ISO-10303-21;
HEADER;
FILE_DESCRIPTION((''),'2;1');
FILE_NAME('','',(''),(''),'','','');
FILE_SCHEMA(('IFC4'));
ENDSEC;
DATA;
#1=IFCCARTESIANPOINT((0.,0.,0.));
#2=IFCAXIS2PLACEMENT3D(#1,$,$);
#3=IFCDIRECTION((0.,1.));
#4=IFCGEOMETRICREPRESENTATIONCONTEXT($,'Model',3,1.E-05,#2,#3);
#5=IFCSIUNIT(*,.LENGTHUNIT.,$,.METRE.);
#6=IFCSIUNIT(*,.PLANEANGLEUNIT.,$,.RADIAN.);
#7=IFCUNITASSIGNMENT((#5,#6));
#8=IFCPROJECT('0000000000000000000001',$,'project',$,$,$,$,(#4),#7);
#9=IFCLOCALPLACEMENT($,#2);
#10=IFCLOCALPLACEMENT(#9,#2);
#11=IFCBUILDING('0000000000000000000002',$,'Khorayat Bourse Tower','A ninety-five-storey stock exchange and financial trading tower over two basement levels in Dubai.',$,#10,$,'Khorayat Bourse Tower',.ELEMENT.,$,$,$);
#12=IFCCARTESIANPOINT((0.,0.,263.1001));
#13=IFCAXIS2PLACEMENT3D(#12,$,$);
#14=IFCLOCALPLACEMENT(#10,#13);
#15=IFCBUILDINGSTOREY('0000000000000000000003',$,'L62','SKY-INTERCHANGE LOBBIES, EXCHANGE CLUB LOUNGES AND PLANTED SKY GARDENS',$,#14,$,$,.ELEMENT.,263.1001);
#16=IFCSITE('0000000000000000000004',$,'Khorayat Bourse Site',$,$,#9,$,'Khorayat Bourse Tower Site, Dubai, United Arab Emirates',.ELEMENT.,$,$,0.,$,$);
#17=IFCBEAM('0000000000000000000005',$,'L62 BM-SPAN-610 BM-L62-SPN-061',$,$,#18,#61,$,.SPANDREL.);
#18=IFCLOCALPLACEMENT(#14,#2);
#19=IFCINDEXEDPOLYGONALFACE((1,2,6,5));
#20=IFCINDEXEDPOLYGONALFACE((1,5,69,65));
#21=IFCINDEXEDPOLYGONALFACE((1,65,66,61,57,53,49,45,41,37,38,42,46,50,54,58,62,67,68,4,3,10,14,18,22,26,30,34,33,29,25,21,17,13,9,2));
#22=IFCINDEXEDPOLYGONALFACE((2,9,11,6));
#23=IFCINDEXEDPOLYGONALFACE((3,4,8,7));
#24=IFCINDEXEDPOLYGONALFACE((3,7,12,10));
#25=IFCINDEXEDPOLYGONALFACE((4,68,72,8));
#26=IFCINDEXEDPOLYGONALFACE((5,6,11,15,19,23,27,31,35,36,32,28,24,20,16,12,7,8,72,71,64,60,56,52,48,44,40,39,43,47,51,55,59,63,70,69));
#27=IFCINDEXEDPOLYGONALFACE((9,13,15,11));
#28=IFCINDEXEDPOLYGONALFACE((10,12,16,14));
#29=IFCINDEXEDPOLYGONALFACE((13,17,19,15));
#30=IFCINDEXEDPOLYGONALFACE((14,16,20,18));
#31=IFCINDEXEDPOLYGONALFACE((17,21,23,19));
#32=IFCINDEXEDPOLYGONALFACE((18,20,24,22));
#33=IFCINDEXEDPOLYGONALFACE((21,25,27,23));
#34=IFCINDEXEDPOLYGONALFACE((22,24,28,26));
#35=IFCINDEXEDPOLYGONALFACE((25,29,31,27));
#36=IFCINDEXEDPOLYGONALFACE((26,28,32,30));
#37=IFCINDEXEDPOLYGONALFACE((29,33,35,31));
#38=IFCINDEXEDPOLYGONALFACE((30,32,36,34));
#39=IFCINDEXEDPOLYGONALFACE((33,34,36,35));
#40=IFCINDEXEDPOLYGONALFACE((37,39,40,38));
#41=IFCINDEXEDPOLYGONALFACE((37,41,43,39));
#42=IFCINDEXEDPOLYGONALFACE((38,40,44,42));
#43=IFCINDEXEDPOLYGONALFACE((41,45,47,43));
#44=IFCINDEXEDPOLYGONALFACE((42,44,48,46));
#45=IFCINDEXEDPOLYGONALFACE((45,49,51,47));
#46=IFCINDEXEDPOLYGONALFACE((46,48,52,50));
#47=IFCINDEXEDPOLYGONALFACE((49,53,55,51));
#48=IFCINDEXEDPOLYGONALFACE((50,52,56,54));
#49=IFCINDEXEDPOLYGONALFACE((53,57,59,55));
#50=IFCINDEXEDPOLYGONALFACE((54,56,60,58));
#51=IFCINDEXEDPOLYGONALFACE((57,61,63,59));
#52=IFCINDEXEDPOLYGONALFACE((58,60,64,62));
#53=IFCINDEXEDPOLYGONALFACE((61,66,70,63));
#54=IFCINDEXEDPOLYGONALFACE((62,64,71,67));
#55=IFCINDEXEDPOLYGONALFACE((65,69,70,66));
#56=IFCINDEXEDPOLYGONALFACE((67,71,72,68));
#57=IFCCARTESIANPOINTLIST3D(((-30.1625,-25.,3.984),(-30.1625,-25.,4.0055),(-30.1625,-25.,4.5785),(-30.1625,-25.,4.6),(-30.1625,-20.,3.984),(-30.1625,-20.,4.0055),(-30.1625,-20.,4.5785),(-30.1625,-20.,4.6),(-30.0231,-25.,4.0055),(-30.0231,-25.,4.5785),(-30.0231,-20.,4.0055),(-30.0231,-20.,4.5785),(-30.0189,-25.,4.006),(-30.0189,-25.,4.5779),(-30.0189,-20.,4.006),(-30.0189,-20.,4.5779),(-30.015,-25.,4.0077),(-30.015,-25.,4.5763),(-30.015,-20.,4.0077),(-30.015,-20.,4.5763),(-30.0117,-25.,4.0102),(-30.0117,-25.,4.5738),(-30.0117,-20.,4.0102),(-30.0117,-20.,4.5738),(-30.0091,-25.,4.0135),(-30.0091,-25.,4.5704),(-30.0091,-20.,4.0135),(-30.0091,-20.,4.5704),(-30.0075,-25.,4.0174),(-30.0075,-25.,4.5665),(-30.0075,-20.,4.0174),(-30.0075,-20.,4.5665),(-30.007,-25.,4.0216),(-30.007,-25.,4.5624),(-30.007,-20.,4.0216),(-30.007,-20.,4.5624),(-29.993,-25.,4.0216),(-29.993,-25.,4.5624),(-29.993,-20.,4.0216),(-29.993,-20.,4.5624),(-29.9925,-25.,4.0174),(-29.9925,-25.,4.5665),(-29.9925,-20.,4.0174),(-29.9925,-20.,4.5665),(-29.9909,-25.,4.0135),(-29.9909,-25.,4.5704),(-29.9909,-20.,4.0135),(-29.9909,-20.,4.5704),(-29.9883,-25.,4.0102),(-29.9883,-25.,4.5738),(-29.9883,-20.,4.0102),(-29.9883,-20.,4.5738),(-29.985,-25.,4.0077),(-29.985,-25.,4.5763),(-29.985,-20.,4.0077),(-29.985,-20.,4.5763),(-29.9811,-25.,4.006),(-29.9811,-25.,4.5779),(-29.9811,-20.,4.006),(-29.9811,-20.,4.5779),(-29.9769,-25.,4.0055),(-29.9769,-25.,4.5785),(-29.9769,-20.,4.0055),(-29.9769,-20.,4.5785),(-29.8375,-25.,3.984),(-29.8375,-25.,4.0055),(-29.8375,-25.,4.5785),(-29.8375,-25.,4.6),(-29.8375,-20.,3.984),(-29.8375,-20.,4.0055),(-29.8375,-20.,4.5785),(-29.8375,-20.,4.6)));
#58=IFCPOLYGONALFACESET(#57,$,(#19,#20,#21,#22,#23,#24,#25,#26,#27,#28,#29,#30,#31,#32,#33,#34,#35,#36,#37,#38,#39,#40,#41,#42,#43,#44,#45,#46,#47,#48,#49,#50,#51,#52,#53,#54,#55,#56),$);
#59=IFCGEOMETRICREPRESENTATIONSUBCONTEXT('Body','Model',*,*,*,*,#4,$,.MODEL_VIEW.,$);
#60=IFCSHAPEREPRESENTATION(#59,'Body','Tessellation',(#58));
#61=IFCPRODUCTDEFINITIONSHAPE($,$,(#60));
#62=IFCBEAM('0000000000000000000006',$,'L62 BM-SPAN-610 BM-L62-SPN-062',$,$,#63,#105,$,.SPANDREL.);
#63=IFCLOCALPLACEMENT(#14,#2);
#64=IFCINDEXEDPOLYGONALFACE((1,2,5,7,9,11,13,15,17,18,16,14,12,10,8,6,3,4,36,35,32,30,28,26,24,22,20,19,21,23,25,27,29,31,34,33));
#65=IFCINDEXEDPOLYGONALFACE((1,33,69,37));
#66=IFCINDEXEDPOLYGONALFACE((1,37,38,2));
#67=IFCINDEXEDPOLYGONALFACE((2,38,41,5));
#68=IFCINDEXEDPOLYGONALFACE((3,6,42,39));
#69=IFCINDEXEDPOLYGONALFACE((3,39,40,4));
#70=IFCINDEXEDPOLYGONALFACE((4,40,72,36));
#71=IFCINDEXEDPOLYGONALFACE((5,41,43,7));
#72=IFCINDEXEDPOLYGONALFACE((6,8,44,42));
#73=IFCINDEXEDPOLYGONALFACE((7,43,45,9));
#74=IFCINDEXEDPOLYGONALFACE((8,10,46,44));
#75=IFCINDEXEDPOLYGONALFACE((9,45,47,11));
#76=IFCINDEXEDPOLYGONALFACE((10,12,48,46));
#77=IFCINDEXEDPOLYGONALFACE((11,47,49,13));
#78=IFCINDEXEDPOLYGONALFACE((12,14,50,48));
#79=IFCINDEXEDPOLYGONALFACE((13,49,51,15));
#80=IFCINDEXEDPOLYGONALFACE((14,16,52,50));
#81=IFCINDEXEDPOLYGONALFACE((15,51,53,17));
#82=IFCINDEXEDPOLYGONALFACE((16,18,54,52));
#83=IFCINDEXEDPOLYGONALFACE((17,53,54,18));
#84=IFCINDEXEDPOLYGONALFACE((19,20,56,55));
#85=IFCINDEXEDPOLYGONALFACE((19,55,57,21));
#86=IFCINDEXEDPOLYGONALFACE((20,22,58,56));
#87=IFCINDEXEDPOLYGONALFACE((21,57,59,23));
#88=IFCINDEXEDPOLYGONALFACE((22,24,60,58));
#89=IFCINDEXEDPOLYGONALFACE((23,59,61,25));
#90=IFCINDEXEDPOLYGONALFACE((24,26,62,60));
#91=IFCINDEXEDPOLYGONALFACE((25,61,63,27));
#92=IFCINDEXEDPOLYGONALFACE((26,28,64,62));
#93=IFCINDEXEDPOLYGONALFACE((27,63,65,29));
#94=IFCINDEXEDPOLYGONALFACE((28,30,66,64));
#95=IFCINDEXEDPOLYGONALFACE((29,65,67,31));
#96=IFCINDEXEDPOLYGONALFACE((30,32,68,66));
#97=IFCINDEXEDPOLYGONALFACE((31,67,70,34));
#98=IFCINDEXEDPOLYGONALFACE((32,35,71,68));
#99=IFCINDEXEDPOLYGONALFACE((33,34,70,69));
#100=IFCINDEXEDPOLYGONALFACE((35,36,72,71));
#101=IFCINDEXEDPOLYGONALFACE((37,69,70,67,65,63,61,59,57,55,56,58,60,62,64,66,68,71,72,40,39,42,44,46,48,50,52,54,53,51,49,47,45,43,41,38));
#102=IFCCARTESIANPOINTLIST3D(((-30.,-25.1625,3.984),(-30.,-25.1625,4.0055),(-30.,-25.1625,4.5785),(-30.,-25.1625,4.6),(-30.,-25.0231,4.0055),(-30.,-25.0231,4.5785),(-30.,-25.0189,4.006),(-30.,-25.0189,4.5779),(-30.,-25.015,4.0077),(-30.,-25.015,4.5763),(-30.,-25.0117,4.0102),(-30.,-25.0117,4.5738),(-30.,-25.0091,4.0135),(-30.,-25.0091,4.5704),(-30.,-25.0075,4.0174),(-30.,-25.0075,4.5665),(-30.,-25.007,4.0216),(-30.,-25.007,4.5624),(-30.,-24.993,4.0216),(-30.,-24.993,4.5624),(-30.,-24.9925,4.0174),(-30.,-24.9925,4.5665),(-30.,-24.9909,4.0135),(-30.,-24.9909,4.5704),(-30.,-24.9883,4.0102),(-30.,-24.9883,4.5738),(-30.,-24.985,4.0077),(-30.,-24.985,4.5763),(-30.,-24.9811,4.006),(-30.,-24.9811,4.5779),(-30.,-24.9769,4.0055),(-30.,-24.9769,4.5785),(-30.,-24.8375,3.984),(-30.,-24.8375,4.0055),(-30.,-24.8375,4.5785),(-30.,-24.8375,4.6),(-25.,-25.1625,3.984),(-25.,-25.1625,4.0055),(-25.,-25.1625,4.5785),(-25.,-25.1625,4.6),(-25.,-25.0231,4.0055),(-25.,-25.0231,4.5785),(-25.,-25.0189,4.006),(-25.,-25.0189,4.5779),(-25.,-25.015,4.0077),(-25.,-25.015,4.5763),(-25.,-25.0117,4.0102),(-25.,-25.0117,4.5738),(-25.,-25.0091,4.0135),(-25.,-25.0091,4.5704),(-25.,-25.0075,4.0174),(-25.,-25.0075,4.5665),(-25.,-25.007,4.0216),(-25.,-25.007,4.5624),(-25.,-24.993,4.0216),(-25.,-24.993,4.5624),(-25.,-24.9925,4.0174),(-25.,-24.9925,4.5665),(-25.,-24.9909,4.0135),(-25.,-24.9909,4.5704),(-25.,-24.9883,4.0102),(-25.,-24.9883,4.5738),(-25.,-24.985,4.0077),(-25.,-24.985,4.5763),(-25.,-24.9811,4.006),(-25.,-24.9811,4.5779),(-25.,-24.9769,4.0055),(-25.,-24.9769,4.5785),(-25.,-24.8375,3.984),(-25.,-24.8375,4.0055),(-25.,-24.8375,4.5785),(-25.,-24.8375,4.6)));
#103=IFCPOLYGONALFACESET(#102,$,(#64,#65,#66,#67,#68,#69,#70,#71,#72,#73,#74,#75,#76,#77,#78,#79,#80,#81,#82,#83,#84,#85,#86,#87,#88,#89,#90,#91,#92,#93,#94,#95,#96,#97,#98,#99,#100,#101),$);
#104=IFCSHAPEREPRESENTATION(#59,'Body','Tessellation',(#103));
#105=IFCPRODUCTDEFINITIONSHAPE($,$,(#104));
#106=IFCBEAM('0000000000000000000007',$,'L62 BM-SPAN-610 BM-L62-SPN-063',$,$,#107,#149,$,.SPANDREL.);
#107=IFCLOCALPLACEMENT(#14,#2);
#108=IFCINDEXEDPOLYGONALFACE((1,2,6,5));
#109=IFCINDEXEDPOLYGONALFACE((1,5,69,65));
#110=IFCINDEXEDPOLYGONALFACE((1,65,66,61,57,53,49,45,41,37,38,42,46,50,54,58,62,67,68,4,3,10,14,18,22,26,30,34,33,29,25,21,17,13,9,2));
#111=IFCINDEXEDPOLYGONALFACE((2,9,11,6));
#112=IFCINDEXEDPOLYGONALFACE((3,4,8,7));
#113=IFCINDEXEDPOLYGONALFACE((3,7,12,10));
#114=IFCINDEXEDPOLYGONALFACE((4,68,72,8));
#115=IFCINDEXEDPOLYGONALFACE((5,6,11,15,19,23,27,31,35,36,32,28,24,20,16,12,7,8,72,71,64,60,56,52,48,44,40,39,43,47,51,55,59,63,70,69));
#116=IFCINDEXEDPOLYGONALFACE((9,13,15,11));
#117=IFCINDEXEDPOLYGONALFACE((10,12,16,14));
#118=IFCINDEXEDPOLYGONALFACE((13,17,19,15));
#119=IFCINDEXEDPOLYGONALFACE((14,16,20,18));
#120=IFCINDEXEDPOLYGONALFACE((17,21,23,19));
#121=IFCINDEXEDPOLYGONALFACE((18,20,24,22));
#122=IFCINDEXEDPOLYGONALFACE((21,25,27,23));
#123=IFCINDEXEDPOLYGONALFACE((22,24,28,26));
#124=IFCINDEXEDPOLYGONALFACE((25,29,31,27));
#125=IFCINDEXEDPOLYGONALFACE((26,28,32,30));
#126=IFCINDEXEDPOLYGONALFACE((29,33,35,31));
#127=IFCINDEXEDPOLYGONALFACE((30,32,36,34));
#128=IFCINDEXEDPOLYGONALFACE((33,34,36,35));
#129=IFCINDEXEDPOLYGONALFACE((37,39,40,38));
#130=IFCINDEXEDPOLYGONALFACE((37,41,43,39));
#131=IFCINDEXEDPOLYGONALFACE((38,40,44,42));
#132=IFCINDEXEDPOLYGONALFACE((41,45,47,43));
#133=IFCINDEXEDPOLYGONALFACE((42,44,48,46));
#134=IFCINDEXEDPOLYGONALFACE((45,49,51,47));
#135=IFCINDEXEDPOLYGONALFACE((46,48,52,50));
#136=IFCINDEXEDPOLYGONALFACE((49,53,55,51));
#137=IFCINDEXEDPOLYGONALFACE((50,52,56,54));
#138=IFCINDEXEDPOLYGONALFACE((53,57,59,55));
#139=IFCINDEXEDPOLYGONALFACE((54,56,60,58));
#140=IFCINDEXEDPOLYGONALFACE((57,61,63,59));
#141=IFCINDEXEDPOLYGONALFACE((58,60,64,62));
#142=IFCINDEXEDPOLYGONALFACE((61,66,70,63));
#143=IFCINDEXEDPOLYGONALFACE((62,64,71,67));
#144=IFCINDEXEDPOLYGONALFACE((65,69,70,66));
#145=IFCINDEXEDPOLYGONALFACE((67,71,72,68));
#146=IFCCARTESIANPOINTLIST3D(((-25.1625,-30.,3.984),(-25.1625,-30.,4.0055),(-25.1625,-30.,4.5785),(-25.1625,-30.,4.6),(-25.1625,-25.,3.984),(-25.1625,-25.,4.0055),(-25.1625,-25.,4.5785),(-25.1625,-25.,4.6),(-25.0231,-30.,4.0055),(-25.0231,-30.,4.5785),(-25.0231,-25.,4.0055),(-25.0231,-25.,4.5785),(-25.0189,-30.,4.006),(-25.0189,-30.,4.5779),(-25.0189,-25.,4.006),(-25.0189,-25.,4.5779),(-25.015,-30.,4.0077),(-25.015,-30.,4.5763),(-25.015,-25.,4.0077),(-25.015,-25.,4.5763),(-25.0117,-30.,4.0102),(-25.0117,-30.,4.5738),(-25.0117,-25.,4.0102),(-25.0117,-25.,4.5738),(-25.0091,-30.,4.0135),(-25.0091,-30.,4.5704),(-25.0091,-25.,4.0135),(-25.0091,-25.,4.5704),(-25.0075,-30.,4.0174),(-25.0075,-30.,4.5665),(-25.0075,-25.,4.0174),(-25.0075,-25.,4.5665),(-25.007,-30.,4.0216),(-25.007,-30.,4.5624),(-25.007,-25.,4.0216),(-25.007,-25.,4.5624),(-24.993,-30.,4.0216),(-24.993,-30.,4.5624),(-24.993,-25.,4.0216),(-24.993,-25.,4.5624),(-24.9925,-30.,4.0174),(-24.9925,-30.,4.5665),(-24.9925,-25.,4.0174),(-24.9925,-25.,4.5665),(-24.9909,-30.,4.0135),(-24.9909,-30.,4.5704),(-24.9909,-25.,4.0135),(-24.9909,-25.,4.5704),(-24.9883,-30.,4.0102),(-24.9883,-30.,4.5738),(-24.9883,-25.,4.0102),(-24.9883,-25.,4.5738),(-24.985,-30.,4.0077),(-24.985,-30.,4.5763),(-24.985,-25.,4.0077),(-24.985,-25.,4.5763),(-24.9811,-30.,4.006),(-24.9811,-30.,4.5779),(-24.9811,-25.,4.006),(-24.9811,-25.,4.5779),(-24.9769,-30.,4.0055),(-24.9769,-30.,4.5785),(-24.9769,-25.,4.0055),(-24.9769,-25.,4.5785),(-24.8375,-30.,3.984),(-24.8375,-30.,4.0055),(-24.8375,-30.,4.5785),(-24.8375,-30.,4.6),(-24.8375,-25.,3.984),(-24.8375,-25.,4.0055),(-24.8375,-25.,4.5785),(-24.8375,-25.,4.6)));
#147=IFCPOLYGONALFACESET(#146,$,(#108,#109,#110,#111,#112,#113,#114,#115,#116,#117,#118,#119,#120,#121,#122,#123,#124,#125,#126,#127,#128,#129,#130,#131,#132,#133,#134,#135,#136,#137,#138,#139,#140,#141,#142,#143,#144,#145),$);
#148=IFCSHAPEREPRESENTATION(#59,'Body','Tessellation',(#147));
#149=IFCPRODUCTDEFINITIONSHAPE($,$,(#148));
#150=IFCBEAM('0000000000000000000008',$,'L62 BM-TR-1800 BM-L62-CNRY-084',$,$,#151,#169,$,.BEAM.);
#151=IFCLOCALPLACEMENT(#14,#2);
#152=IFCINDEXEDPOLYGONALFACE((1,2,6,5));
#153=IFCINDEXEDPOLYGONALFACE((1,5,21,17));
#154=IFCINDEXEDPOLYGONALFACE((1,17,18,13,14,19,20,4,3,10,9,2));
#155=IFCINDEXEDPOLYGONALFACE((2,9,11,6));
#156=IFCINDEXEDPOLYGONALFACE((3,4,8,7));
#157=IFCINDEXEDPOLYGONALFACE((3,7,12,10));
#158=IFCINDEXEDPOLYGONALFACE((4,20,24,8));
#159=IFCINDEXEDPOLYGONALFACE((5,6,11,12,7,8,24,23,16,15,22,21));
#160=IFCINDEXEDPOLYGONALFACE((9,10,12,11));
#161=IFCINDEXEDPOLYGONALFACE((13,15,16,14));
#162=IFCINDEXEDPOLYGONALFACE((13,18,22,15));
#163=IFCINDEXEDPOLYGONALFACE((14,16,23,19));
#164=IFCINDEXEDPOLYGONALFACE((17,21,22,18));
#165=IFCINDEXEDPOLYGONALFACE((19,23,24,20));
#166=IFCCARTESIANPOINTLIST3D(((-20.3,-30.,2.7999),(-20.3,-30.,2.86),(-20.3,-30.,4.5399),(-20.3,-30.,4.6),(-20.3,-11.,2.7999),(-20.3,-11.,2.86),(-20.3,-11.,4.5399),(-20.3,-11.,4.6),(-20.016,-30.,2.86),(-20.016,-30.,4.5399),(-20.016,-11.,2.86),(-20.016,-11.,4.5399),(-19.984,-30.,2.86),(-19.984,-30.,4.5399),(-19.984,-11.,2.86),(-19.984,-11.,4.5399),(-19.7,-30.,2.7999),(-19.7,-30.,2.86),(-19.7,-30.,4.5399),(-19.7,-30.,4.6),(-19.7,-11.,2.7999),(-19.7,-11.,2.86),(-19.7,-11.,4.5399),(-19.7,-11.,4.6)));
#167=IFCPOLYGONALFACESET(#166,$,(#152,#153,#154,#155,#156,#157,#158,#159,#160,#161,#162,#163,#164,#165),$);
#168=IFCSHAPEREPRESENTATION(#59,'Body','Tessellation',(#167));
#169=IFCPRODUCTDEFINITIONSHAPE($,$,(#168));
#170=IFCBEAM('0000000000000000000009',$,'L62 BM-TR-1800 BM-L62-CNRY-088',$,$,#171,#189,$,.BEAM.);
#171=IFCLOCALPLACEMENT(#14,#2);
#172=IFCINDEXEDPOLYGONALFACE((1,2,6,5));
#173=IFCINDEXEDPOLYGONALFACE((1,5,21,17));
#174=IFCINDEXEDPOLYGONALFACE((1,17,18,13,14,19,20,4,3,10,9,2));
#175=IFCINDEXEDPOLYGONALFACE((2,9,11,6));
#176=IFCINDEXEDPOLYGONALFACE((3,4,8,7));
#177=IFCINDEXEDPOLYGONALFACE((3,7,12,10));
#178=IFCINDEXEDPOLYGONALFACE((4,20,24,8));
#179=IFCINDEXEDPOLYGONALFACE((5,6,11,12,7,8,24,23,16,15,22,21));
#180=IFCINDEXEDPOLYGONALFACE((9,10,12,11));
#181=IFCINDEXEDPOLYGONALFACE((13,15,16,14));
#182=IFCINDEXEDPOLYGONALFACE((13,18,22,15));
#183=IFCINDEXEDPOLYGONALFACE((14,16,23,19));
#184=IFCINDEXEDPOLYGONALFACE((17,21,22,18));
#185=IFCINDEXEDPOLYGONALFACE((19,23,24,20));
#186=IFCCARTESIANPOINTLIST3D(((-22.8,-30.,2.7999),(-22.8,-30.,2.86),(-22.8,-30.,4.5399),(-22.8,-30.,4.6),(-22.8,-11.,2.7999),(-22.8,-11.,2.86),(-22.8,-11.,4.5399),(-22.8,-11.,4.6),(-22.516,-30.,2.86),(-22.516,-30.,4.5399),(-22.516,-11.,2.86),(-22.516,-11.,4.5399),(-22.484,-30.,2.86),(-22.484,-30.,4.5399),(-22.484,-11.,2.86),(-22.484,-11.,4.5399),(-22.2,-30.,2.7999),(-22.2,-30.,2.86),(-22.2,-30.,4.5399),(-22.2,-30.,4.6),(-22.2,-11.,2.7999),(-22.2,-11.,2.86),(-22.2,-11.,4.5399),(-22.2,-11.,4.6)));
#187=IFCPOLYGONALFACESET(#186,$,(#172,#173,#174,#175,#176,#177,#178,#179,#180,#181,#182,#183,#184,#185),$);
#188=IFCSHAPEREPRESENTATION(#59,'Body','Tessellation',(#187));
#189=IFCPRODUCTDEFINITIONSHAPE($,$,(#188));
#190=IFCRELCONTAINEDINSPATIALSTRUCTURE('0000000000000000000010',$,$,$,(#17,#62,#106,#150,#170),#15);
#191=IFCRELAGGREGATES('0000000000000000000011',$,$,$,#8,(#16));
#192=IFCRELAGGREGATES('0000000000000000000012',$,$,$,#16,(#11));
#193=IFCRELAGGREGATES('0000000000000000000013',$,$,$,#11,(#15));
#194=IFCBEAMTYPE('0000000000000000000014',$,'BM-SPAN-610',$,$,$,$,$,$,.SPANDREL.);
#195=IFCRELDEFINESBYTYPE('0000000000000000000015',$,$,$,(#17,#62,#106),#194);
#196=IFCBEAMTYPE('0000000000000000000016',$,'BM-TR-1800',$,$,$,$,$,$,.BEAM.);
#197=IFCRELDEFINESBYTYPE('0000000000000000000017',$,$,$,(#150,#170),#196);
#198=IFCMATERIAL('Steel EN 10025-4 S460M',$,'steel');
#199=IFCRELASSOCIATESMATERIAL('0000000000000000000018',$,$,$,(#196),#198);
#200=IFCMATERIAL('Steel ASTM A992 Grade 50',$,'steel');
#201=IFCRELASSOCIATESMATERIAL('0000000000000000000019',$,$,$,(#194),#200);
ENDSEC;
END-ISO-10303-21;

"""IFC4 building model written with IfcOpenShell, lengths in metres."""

from ifc_helpers import new_model, si_unit, direction, frame, origin, origin_2d, place, context, subcontext, project, spatial, i_section, extrude, source, transform, mapped, material, material_profile, profile_set, type_object, element, save


model = new_model("IFC4")

# Units and contexts
model_context = context("Model", 3, precision=1e-05, world=origin(), true_north=direction((0.0, 1.0)))
body_context = subcontext(model_context, "Body", "Model", "MODEL_VIEW")
ifc_project = project(units=[si_unit("LENGTHUNIT", "METRE"), si_unit("PLANEANGLEUNIT", "RADIAN")], contexts=[model_context])

# Site, building, storey
site_placement = place(None, origin())
site = spatial("IfcSite", under=ifc_project, at=site_placement, Name="Khorayat Bourse Site", LongName="Khorayat Bourse Tower Site, Dubai, United Arab Emirates", CompositionType="ELEMENT", RefElevation=0.0)
building_placement = place(site_placement, origin())
building = spatial("IfcBuilding", under=site, at=building_placement, Name="Khorayat Bourse Tower", Description="A ninety-five-storey stock exchange and financial trading tower over two basement levels in Dubai.", LongName="Khorayat Bourse Tower", CompositionType="ELEMENT")
storey_placement = place(building_placement, frame((0.0, 0.0, 263.1001)))
storey = spatial("IfcBuildingStorey", under=building, at=storey_placement, Name="L62", Description="SKY-INTERCHANGE LOBBIES, EXCHANGE CLUB LOUNGES AND PLANTED SKY GARDENS", CompositionType="ELEMENT", Elevation=263.1001)

# Shared definitions
ifc_material_1 = material(Name="Steel EN 10025-4 S460M", Category="steel")

# Beams
ifc_material_profile_1 = material_profile(ifc_material_1, i_section(OverallWidth=0.6001, OverallDepth=1.8, WebThickness=0.032, FlangeThickness=0.0601, at=origin_2d()), Name="PG 1800x600x32x60")
ifc_profile_set_1 = profile_set([ifc_material_profile_1], Name="Steel EN 10025-4 S460M")
beam_type_1 = type_object("IfcBeamType", Name="BM-TR-1800", PredefinedType="BEAM", material=ifc_profile_set_1)
ifc_material_2 = material(Name="Steel ASTM A992 Grade 50", Category="steel")
ifc_material_profile_2 = material_profile(ifc_material_2, i_section(OverallWidth=0.325, OverallDepth=0.616, WebThickness=0.0139, FlangeThickness=0.0215, FilletRadius=0.0161, at=origin_2d()), Name="W610X174")
ifc_profile_set_2 = profile_set([ifc_material_profile_2], Name="Steel ASTM A992 Grade 50")
beam_type_2 = type_object("IfcBeamType", Name="BM-SPAN-610", PredefinedType="SPANDREL", material=ifc_profile_set_2)
shared_shape_1 = source(origin(), body_context, "Body", "SweptSolid", [
    extrude(i_section(OverallWidth=0.325, OverallDepth=0.616, WebThickness=0.0139, FlangeThickness=0.0215, FilletRadius=0.0161, at=origin_2d()), origin(), (0.0, 0.0, 1.0), 5.0),
])
for number, where, z_axis, x_axis, name in (
    (1, (-30.0, -25.0, 4.292), (0.0, 1.0, 0.0), (-1.0, 0.0, 0.0), "L62 BM-SPAN-610 BM-L62-SPN-061"),
    (2, (-30.0, -25.0, 4.292), (1.0, 0.0, 0.0), (0.0, 1.0, 0.0), "L62 BM-SPAN-610 BM-L62-SPN-062"),
    (3, (-25.0, -30.0, 4.292), (0.0, 1.0, 0.0), (-1.0, 0.0, 0.0), "L62 BM-SPAN-610 BM-L62-SPN-063"),
):
    element("IfcBeam", number, at=place(storey_placement, frame(where, z_axis=z_axis, x_axis=x_axis)), inside=storey, type_object=beam_type_2, Name=name, PredefinedType="SPANDREL", context=body_context, shape_type="MappedRepresentation", body=[
        mapped(shared_shape_1, transform((0.0, 0.0, 0.0), scale=1.0)),
    ])
shared_shape_2 = source(origin(), body_context, "Body", "SweptSolid", [
    extrude(i_section(OverallWidth=0.6001, OverallDepth=1.8, WebThickness=0.032, FlangeThickness=0.0601, at=origin_2d()), origin(), (0.0, 0.0, 1.0), 19.0),
])
for number, where, z_axis, x_axis, name in (
    (4, (-20.0, -30.0, 3.7), (0.0, 1.0, 0.0), (-1.0, 0.0, 0.0), "L62 BM-TR-1800 BM-L62-CNRY-084"),
    (5, (-22.5, -30.0, 3.7), (0.0, 1.0, 0.0), (-1.0, 0.0, 0.0), "L62 BM-TR-1800 BM-L62-CNRY-088"),
):
    element("IfcBeam", number, at=place(storey_placement, frame(where, z_axis=z_axis, x_axis=x_axis)), inside=storey, type_object=beam_type_1, Name=name, PredefinedType="BEAM", context=body_context, shape_type="MappedRepresentation", body=[
        mapped(shared_shape_2, transform((0.0, 0.0, 0.0), scale=1.0)),
    ])

save(model, "model.ifc")
